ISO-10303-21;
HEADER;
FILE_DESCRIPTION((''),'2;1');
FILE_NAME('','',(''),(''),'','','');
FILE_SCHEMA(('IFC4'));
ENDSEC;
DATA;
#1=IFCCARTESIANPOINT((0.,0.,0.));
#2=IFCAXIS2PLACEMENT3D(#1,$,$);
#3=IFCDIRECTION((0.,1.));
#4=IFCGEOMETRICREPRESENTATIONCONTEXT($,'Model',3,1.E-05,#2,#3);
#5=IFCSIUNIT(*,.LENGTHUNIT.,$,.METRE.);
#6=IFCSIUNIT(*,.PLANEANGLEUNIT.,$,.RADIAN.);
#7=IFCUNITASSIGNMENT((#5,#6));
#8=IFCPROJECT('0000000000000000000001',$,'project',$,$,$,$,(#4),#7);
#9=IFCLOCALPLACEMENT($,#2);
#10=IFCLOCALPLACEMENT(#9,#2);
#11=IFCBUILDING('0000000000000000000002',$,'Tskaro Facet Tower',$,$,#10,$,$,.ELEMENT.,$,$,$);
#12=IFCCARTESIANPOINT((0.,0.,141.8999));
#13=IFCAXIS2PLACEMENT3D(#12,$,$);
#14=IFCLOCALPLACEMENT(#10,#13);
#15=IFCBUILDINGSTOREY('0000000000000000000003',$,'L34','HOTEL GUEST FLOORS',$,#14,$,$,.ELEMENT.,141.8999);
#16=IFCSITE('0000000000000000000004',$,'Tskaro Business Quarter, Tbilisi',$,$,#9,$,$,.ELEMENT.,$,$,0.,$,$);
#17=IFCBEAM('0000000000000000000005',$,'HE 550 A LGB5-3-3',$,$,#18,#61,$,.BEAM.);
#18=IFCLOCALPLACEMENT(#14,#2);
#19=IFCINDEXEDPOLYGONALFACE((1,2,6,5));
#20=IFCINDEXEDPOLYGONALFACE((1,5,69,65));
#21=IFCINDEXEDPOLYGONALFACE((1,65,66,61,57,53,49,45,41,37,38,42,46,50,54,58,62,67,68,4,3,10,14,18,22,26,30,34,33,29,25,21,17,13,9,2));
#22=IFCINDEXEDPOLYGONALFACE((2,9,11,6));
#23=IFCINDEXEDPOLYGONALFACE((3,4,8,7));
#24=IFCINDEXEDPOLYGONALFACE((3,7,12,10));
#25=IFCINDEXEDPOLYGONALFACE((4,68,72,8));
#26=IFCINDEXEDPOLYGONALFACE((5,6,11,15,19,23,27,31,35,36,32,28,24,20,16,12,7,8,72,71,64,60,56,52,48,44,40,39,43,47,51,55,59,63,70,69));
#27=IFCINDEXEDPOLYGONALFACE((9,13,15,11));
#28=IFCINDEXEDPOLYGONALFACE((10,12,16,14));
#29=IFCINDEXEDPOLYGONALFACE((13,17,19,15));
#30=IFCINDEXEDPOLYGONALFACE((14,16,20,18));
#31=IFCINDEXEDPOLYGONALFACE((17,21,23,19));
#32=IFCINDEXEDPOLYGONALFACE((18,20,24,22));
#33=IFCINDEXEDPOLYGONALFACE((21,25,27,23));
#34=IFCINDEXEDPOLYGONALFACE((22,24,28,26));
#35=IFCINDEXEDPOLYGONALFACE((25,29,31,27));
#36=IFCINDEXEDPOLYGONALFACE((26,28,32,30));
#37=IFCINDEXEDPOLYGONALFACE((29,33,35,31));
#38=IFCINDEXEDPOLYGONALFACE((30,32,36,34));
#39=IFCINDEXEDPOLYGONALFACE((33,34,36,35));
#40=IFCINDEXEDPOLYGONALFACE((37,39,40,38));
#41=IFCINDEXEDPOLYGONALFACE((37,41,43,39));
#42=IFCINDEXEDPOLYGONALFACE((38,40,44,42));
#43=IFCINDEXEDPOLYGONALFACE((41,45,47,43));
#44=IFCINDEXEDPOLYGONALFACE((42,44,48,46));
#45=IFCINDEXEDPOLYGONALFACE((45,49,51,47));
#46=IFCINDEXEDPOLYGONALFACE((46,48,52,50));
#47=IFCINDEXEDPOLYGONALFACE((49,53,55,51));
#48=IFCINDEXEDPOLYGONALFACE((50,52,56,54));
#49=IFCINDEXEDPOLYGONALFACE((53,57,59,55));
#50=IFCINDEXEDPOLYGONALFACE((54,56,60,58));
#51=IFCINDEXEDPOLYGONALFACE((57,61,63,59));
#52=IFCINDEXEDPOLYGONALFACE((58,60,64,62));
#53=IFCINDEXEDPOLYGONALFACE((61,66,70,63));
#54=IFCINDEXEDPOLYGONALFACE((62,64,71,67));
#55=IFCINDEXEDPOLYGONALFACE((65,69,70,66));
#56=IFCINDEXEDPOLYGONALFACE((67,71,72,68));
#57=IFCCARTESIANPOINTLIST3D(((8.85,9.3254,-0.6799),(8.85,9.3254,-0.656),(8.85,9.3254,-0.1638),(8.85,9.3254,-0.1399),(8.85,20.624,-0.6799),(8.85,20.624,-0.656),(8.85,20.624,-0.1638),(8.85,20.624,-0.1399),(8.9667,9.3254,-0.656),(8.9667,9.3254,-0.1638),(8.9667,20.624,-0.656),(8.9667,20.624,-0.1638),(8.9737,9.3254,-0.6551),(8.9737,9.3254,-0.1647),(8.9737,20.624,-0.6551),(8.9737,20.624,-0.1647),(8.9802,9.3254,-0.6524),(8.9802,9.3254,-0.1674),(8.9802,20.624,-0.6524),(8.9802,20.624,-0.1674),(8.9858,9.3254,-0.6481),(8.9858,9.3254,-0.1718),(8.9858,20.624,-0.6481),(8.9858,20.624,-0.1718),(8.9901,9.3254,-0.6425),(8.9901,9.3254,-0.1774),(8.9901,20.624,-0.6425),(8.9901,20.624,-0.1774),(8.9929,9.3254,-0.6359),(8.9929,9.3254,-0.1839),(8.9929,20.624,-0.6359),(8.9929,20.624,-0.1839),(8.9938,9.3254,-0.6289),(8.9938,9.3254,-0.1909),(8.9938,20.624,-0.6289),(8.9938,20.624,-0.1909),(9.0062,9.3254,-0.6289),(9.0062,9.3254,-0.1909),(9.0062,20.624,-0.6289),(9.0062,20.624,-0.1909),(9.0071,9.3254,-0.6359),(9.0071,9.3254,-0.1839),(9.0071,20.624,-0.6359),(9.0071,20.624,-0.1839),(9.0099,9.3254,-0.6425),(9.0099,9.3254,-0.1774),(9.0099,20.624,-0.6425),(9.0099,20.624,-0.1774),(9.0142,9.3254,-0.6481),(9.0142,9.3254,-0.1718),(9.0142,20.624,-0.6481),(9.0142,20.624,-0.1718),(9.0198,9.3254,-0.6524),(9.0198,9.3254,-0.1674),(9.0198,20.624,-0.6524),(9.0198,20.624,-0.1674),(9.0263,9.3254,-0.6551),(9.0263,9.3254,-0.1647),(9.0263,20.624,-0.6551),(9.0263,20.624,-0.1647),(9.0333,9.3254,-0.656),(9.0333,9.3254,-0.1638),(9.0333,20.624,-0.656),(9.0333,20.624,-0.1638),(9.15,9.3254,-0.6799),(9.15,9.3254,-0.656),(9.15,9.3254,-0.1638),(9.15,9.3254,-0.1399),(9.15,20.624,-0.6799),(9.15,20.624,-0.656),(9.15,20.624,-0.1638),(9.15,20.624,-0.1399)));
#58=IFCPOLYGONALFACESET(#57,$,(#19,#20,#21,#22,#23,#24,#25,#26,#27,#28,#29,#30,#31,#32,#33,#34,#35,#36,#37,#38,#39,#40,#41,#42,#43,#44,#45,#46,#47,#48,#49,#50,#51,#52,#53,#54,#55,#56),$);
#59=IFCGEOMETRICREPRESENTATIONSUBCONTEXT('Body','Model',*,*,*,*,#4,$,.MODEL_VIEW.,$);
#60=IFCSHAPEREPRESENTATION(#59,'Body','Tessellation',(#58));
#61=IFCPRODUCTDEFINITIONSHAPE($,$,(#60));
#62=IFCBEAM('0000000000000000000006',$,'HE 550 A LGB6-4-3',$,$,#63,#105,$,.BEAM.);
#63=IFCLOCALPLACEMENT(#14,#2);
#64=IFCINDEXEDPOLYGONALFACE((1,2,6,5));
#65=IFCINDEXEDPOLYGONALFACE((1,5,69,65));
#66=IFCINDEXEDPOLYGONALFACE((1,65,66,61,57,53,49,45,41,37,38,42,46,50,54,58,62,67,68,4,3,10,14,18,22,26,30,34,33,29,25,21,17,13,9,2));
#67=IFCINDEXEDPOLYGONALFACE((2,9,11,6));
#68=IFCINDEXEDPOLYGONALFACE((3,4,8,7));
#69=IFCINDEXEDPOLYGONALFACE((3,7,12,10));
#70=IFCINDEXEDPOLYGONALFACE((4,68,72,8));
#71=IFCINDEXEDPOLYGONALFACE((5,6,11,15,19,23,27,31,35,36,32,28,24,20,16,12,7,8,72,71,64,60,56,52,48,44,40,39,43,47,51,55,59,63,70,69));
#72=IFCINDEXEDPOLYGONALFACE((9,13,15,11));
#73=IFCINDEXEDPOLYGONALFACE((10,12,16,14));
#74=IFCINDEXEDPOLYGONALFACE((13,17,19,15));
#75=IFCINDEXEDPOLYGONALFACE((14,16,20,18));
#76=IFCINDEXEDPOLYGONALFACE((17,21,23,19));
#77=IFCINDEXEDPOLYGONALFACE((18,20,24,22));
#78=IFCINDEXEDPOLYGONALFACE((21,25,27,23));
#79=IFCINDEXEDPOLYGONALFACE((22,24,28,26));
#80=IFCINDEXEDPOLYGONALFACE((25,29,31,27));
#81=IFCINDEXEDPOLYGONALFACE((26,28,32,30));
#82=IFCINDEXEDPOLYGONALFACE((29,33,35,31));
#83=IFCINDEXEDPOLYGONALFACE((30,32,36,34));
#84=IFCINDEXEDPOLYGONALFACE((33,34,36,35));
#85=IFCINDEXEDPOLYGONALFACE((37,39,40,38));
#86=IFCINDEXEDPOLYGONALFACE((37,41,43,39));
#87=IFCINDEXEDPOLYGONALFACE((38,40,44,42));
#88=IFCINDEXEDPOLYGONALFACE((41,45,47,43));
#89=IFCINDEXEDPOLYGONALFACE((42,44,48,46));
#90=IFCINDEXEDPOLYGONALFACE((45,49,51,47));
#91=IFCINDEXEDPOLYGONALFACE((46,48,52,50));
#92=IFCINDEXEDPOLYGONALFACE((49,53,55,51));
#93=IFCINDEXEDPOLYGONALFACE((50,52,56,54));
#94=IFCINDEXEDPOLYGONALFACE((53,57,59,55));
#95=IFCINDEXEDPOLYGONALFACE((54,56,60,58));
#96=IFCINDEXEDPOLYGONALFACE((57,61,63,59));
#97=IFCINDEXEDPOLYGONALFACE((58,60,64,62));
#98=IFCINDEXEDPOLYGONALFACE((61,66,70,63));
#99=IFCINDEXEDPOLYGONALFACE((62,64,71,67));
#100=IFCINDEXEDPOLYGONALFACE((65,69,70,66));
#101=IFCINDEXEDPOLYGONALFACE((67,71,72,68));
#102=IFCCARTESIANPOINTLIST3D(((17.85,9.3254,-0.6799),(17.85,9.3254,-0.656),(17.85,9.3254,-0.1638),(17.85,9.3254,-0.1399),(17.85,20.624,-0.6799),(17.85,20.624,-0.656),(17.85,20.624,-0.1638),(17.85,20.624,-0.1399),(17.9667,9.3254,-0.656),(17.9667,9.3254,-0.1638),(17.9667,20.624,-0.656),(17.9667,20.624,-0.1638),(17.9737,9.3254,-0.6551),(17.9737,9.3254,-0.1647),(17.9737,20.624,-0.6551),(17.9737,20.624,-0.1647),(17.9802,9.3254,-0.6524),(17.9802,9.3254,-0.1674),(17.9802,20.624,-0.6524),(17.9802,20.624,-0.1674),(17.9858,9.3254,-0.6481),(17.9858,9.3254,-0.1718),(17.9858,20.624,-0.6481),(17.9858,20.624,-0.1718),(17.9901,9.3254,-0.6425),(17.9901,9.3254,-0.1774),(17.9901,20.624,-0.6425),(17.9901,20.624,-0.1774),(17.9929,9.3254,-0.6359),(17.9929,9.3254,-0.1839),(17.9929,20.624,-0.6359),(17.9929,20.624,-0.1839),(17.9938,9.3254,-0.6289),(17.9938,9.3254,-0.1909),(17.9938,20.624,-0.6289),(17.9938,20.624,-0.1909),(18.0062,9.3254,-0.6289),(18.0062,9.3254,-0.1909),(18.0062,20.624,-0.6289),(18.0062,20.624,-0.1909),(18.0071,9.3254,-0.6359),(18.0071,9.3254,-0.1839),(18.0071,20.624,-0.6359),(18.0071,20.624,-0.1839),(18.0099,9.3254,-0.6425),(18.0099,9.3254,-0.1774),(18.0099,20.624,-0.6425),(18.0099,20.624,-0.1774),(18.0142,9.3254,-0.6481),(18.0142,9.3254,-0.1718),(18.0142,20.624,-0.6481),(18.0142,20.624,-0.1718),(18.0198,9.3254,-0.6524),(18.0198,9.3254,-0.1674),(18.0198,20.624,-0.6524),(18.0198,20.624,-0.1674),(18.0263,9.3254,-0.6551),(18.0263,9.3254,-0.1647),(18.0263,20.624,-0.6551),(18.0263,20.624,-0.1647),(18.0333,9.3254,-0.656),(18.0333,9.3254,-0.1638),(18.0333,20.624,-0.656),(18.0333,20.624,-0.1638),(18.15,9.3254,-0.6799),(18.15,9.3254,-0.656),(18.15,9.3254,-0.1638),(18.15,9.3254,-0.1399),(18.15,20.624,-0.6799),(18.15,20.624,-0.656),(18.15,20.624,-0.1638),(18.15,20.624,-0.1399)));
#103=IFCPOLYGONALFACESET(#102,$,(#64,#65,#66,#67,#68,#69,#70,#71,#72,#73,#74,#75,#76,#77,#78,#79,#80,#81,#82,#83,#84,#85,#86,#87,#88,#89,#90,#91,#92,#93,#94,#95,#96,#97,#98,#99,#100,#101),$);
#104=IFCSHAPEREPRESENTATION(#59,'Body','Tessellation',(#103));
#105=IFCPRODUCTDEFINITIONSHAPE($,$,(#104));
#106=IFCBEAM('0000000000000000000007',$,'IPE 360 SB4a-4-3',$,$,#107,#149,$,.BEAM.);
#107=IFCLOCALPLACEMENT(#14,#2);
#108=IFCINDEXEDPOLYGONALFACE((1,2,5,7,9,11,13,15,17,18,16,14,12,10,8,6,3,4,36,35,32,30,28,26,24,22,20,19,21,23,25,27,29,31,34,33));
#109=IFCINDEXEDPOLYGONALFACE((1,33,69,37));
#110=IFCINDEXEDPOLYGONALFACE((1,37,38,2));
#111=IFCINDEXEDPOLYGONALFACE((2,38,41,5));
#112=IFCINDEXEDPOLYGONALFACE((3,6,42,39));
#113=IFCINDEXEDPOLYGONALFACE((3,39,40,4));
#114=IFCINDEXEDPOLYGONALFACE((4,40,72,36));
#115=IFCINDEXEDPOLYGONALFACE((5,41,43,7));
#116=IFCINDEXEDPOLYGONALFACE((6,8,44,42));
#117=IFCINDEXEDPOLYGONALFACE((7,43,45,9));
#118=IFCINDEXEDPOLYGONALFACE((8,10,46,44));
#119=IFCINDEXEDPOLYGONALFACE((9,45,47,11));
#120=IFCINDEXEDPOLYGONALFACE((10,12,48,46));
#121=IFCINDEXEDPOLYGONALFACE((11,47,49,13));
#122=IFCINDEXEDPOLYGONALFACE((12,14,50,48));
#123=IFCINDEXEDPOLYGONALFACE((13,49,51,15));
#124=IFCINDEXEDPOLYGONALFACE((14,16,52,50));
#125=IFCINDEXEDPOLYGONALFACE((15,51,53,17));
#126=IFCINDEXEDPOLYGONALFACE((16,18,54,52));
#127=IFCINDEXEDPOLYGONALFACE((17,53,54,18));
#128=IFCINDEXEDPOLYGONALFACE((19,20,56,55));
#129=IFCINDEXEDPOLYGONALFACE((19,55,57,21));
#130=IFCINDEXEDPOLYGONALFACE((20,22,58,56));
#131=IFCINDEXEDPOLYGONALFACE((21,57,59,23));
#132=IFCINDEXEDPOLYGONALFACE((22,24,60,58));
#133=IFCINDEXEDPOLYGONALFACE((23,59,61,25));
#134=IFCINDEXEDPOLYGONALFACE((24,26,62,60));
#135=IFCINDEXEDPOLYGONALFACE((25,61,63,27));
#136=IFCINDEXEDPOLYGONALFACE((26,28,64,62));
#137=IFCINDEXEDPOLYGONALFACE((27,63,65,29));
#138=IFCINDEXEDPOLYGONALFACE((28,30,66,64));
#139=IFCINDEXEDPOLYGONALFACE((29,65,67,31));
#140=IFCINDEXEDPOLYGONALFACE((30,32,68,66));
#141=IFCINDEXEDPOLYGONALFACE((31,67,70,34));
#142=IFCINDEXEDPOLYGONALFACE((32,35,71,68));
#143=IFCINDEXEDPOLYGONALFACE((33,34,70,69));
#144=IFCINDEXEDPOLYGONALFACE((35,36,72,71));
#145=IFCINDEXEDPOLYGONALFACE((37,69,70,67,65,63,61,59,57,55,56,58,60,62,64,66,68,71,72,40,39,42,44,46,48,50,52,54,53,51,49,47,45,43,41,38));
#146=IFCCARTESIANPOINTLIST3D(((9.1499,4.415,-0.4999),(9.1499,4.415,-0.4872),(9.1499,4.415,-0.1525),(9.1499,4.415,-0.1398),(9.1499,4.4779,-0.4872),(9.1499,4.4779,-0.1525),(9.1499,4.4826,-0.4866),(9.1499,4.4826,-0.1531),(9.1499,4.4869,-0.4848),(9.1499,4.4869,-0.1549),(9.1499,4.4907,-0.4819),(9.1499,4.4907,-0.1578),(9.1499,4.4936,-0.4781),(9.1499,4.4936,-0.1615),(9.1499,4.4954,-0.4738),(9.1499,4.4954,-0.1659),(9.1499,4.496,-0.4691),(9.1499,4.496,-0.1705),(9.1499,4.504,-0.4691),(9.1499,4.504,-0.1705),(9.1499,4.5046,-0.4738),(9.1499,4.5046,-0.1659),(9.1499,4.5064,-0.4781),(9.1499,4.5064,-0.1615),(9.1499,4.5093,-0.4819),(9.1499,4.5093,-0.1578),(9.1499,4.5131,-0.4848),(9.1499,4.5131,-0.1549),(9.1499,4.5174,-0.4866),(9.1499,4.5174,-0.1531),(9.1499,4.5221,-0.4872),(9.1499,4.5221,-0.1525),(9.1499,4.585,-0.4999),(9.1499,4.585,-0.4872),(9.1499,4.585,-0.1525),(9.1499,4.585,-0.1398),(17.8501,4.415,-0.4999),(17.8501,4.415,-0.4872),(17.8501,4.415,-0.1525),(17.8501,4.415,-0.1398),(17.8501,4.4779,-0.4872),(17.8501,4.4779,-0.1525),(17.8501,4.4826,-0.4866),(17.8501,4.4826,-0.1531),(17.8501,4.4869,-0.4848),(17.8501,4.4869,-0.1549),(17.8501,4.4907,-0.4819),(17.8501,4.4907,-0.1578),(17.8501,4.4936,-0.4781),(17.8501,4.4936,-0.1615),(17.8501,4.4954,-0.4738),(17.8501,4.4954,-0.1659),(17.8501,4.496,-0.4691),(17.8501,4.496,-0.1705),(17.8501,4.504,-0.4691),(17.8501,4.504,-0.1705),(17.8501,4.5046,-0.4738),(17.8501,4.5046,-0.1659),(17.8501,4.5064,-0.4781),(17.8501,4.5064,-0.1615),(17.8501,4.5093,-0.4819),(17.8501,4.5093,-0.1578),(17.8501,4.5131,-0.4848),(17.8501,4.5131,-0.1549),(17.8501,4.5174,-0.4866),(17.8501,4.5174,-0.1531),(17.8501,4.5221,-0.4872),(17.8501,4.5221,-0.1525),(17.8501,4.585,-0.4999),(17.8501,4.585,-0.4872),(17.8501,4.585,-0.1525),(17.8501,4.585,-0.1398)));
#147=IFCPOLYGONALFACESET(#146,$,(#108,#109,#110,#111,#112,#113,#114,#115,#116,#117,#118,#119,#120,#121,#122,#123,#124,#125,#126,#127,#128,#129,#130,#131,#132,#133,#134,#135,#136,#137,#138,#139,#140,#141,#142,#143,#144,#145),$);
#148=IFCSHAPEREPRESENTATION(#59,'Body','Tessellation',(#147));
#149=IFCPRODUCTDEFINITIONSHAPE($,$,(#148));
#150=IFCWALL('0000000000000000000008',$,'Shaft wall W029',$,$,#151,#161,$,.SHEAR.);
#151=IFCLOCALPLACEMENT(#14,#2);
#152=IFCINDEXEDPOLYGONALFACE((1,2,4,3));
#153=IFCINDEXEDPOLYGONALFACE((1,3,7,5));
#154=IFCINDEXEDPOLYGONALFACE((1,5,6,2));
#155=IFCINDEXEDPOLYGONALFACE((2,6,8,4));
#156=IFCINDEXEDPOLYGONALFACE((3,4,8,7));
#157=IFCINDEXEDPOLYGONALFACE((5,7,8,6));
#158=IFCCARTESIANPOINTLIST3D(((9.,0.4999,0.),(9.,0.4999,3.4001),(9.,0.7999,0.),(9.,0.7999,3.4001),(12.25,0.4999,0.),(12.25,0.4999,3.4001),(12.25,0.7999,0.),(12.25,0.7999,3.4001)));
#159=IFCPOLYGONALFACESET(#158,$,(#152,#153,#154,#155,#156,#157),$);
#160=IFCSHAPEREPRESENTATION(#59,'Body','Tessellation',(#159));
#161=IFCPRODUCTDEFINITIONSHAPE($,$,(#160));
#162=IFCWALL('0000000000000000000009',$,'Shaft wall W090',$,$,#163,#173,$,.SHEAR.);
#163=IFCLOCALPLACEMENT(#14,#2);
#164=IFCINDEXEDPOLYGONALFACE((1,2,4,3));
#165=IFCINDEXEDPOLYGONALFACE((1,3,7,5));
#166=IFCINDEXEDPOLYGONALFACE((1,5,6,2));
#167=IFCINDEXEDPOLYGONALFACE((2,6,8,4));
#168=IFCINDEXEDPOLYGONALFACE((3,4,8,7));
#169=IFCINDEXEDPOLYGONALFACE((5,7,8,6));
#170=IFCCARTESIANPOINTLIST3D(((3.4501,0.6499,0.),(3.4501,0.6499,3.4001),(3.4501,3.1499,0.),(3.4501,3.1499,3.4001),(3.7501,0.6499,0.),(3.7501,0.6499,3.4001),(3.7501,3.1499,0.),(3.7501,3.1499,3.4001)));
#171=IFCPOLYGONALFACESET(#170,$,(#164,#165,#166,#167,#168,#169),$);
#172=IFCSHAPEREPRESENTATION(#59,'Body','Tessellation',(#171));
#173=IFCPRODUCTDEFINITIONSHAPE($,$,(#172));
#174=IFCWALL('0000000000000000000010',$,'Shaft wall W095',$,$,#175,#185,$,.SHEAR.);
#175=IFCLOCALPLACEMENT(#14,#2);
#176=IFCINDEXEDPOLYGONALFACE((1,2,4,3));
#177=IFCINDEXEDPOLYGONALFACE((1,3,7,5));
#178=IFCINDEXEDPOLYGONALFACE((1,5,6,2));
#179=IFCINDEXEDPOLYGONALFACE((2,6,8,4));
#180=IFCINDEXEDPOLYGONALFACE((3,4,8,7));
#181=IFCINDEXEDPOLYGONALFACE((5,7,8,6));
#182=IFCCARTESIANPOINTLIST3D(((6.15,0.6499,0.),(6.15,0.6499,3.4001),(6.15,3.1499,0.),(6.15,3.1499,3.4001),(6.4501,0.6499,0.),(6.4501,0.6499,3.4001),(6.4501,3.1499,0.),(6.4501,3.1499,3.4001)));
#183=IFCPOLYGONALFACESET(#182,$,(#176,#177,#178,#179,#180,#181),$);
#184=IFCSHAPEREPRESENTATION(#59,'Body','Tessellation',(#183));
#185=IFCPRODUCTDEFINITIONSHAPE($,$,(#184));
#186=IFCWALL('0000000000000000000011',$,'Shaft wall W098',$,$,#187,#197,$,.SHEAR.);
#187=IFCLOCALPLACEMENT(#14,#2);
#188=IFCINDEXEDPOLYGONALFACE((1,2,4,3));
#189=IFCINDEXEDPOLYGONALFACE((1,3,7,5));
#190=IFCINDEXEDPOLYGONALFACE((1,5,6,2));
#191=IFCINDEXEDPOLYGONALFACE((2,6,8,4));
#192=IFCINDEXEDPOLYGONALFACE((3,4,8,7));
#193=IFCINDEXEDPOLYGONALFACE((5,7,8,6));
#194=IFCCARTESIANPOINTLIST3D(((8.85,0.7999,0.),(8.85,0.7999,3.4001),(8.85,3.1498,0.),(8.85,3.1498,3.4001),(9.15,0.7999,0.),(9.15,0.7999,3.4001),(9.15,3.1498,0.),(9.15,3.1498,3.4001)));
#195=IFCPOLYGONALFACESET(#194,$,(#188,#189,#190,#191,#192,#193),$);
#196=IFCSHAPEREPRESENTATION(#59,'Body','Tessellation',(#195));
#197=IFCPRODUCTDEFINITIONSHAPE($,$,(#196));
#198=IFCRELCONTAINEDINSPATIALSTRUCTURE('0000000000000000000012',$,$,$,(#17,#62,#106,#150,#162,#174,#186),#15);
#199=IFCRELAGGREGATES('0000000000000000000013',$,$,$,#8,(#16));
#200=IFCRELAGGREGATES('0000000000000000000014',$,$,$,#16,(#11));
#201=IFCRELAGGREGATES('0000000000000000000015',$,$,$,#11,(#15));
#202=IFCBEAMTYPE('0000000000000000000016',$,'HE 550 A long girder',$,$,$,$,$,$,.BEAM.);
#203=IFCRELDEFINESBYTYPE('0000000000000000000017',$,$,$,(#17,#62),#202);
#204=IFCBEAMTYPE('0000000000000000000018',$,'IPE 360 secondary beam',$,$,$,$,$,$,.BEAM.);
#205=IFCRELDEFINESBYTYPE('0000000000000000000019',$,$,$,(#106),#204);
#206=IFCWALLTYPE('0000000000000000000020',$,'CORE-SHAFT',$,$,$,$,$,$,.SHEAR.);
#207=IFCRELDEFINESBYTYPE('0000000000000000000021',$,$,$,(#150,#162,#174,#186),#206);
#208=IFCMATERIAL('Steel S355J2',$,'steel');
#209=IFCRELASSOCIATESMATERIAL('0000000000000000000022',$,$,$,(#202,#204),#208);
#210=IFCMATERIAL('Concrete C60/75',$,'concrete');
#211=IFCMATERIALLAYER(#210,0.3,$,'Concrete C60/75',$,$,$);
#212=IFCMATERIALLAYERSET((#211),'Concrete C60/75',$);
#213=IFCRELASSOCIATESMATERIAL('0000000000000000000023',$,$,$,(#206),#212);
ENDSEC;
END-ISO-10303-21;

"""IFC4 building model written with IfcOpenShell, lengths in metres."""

from ifc_helpers import new_model, si_unit, direction, frame, frame_2d, origin, origin_2d, place, context, subcontext, project, spatial, rectangle, i_section, extrude, material, layer, layer_set, material_profile, profile_set, type_object, element, save


model = new_model("IFC4")

# Units and contexts
model_context = context("Model", 3, precision=1e-05, world=origin(), true_north=direction((0.0, 1.0)))
body_context = subcontext(model_context, "Body", "Model", "MODEL_VIEW")
ifc_project = project(units=[si_unit("LENGTHUNIT", "METRE"), si_unit("PLANEANGLEUNIT", "RADIAN")], contexts=[model_context])

# Site, building, storey
site_placement = place(None, origin())
site = spatial("IfcSite", under=ifc_project, at=site_placement, Name="Tskaro Business Quarter, Tbilisi", CompositionType="ELEMENT", RefElevation=0.0)
building_placement = place(site_placement, origin())
building = spatial("IfcBuilding", under=site, at=building_placement, Name="Tskaro Facet Tower", CompositionType="ELEMENT")
storey_placement = place(building_placement, frame((0.0, 0.0, 141.8999)))
storey = spatial("IfcBuildingStorey", under=building, at=storey_placement, Name="L34", Description="HOTEL GUEST FLOORS", CompositionType="ELEMENT", Elevation=141.8999)

# Beams
ifc_material_1 = material(Name="Steel S355J2", Category="steel")
ifc_material_profile_1 = material_profile(ifc_material_1, i_section(OverallWidth=0.3, OverallDepth=0.54, WebThickness=0.0125, FlangeThickness=0.0239, FilletRadius=0.0271, at=origin_2d()), Name="HE 550 A")
ifc_profile_set_1 = profile_set([ifc_material_profile_1], Name="Steel S355J2")
beam_type_1 = type_object("IfcBeamType", Name="HE 550 A long girder", PredefinedType="BEAM", material=ifc_profile_set_1)
for number, where, z_axis, x_axis, name in (
    (1, (9.0, 9.3254, -0.4099), (0.0, 1.0, 0.0), (-1.0, 0.0, 0.0), "HE 550 A LGB5-3-3"),
    (2, (18.0, 9.3254, -0.4099), (0.0, 1.0, 0.0), (-1.0, 0.0, 0.0), "HE 550 A LGB6-4-3"),
):
    element("IfcBeam", number, at=place(storey_placement, frame(where, z_axis=z_axis, x_axis=x_axis)), inside=storey, type_object=beam_type_1, Name=name, PredefinedType="BEAM", context=body_context, shape_type="SweptSolid", body=[
        extrude(i_section(OverallWidth=0.3, OverallDepth=0.54, WebThickness=0.0125, FlangeThickness=0.0239, FilletRadius=0.0271, at=origin_2d()), origin(), (0.0, 0.0, 1.0), 11.2986),
    ])
ifc_material_profile_2 = material_profile(ifc_material_1, i_section(OverallWidth=0.1699, OverallDepth=0.3601, WebThickness=0.0081, FlangeThickness=0.0127, FilletRadius=0.0181, at=origin_2d()), Name="IPE 360")
ifc_profile_set_2 = profile_set([ifc_material_profile_2], Name="Steel S355J2")
beam_type_2 = type_object("IfcBeamType", Name="IPE 360 secondary beam", PredefinedType="BEAM", material=ifc_profile_set_2)
beam_1_placement = place(storey_placement, frame((9.1499, 4.5, -0.3198), z_axis=(1.0, 0.0, 0.0), x_axis=(0.0, 1.0, 0.0)))
element("IfcBeam", 3, at=beam_1_placement, inside=storey, type_object=beam_type_2, Name="IPE 360 SB4a-4-3", PredefinedType="BEAM", context=body_context, shape_type="SweptSolid", body=[
    extrude(i_section(OverallWidth=0.1699, OverallDepth=0.3601, WebThickness=0.0081, FlangeThickness=0.0127, FilletRadius=0.0181, at=origin_2d()), origin(), (0.0, 0.0, 1.0), 8.7002),
])

# Walls
ifc_material_2 = material(Name="Concrete C60/75", Category="concrete")
ifc_layer_1 = layer(ifc_material_2, 0.3, Name="Concrete C60/75")
ifc_layer_set_1 = layer_set([ifc_layer_1], Name="Concrete C60/75")
wall_type_1 = type_object("IfcWallType", Name="CORE-SHAFT", PredefinedType="SHEAR", material=ifc_layer_set_1)
wall_1_placement = place(storey_placement, frame((12.25, 0.6499, 0.0), z_axis=(0.0, 0.0, 1.0), x_axis=(-1.0, 0.0, 0.0)))
element("IfcWall", 4, at=wall_1_placement, inside=storey, type_object=wall_type_1, Name="Shaft wall W029", PredefinedType="SHEAR", context=body_context, shape_type="SweptSolid", body=[
    extrude(rectangle(XDim=3.25, YDim=0.3, at=frame_2d((1.625, 0.0))), origin(), (0.0, 0.0, 1.0), 3.4001),
])
for number, where, z_axis, x_axis, name in (
    (5, (3.6001, 0.6499, 0.0), (0.0, 0.0, 1.0), (0.0, 1.0, 0.0), "Shaft wall W090"),
    (6, (6.3, 0.6499, 0.0), (0.0, 0.0, 1.0), (0.0, 1.0, 0.0), "Shaft wall W095"),
):
    element("IfcWall", number, at=place(storey_placement, frame(where, z_axis=z_axis, x_axis=x_axis)), inside=storey, type_object=wall_type_1, Name=name, PredefinedType="SHEAR", context=body_context, shape_type="SweptSolid", body=[
        extrude(rectangle(XDim=2.5, YDim=0.3, at=frame_2d((1.25, 0.0))), origin(), (0.0, 0.0, 1.0), 3.4001),
    ])
wall_2_placement = place(storey_placement, frame((9.0, 0.8, 0.0), z_axis=(0.0, 0.0, 1.0), x_axis=(0.0, 1.0, 0.0)))
element("IfcWall", 7, at=wall_2_placement, inside=storey, type_object=wall_type_1, Name="Shaft wall W098", PredefinedType="SHEAR", context=body_context, shape_type="SweptSolid", body=[
    extrude(rectangle(XDim=2.3499, YDim=0.3, at=frame_2d((1.1748, 0.0))), origin(), (0.0, 0.0, 1.0), 3.4001),
])

save(model, "model.ifc")
